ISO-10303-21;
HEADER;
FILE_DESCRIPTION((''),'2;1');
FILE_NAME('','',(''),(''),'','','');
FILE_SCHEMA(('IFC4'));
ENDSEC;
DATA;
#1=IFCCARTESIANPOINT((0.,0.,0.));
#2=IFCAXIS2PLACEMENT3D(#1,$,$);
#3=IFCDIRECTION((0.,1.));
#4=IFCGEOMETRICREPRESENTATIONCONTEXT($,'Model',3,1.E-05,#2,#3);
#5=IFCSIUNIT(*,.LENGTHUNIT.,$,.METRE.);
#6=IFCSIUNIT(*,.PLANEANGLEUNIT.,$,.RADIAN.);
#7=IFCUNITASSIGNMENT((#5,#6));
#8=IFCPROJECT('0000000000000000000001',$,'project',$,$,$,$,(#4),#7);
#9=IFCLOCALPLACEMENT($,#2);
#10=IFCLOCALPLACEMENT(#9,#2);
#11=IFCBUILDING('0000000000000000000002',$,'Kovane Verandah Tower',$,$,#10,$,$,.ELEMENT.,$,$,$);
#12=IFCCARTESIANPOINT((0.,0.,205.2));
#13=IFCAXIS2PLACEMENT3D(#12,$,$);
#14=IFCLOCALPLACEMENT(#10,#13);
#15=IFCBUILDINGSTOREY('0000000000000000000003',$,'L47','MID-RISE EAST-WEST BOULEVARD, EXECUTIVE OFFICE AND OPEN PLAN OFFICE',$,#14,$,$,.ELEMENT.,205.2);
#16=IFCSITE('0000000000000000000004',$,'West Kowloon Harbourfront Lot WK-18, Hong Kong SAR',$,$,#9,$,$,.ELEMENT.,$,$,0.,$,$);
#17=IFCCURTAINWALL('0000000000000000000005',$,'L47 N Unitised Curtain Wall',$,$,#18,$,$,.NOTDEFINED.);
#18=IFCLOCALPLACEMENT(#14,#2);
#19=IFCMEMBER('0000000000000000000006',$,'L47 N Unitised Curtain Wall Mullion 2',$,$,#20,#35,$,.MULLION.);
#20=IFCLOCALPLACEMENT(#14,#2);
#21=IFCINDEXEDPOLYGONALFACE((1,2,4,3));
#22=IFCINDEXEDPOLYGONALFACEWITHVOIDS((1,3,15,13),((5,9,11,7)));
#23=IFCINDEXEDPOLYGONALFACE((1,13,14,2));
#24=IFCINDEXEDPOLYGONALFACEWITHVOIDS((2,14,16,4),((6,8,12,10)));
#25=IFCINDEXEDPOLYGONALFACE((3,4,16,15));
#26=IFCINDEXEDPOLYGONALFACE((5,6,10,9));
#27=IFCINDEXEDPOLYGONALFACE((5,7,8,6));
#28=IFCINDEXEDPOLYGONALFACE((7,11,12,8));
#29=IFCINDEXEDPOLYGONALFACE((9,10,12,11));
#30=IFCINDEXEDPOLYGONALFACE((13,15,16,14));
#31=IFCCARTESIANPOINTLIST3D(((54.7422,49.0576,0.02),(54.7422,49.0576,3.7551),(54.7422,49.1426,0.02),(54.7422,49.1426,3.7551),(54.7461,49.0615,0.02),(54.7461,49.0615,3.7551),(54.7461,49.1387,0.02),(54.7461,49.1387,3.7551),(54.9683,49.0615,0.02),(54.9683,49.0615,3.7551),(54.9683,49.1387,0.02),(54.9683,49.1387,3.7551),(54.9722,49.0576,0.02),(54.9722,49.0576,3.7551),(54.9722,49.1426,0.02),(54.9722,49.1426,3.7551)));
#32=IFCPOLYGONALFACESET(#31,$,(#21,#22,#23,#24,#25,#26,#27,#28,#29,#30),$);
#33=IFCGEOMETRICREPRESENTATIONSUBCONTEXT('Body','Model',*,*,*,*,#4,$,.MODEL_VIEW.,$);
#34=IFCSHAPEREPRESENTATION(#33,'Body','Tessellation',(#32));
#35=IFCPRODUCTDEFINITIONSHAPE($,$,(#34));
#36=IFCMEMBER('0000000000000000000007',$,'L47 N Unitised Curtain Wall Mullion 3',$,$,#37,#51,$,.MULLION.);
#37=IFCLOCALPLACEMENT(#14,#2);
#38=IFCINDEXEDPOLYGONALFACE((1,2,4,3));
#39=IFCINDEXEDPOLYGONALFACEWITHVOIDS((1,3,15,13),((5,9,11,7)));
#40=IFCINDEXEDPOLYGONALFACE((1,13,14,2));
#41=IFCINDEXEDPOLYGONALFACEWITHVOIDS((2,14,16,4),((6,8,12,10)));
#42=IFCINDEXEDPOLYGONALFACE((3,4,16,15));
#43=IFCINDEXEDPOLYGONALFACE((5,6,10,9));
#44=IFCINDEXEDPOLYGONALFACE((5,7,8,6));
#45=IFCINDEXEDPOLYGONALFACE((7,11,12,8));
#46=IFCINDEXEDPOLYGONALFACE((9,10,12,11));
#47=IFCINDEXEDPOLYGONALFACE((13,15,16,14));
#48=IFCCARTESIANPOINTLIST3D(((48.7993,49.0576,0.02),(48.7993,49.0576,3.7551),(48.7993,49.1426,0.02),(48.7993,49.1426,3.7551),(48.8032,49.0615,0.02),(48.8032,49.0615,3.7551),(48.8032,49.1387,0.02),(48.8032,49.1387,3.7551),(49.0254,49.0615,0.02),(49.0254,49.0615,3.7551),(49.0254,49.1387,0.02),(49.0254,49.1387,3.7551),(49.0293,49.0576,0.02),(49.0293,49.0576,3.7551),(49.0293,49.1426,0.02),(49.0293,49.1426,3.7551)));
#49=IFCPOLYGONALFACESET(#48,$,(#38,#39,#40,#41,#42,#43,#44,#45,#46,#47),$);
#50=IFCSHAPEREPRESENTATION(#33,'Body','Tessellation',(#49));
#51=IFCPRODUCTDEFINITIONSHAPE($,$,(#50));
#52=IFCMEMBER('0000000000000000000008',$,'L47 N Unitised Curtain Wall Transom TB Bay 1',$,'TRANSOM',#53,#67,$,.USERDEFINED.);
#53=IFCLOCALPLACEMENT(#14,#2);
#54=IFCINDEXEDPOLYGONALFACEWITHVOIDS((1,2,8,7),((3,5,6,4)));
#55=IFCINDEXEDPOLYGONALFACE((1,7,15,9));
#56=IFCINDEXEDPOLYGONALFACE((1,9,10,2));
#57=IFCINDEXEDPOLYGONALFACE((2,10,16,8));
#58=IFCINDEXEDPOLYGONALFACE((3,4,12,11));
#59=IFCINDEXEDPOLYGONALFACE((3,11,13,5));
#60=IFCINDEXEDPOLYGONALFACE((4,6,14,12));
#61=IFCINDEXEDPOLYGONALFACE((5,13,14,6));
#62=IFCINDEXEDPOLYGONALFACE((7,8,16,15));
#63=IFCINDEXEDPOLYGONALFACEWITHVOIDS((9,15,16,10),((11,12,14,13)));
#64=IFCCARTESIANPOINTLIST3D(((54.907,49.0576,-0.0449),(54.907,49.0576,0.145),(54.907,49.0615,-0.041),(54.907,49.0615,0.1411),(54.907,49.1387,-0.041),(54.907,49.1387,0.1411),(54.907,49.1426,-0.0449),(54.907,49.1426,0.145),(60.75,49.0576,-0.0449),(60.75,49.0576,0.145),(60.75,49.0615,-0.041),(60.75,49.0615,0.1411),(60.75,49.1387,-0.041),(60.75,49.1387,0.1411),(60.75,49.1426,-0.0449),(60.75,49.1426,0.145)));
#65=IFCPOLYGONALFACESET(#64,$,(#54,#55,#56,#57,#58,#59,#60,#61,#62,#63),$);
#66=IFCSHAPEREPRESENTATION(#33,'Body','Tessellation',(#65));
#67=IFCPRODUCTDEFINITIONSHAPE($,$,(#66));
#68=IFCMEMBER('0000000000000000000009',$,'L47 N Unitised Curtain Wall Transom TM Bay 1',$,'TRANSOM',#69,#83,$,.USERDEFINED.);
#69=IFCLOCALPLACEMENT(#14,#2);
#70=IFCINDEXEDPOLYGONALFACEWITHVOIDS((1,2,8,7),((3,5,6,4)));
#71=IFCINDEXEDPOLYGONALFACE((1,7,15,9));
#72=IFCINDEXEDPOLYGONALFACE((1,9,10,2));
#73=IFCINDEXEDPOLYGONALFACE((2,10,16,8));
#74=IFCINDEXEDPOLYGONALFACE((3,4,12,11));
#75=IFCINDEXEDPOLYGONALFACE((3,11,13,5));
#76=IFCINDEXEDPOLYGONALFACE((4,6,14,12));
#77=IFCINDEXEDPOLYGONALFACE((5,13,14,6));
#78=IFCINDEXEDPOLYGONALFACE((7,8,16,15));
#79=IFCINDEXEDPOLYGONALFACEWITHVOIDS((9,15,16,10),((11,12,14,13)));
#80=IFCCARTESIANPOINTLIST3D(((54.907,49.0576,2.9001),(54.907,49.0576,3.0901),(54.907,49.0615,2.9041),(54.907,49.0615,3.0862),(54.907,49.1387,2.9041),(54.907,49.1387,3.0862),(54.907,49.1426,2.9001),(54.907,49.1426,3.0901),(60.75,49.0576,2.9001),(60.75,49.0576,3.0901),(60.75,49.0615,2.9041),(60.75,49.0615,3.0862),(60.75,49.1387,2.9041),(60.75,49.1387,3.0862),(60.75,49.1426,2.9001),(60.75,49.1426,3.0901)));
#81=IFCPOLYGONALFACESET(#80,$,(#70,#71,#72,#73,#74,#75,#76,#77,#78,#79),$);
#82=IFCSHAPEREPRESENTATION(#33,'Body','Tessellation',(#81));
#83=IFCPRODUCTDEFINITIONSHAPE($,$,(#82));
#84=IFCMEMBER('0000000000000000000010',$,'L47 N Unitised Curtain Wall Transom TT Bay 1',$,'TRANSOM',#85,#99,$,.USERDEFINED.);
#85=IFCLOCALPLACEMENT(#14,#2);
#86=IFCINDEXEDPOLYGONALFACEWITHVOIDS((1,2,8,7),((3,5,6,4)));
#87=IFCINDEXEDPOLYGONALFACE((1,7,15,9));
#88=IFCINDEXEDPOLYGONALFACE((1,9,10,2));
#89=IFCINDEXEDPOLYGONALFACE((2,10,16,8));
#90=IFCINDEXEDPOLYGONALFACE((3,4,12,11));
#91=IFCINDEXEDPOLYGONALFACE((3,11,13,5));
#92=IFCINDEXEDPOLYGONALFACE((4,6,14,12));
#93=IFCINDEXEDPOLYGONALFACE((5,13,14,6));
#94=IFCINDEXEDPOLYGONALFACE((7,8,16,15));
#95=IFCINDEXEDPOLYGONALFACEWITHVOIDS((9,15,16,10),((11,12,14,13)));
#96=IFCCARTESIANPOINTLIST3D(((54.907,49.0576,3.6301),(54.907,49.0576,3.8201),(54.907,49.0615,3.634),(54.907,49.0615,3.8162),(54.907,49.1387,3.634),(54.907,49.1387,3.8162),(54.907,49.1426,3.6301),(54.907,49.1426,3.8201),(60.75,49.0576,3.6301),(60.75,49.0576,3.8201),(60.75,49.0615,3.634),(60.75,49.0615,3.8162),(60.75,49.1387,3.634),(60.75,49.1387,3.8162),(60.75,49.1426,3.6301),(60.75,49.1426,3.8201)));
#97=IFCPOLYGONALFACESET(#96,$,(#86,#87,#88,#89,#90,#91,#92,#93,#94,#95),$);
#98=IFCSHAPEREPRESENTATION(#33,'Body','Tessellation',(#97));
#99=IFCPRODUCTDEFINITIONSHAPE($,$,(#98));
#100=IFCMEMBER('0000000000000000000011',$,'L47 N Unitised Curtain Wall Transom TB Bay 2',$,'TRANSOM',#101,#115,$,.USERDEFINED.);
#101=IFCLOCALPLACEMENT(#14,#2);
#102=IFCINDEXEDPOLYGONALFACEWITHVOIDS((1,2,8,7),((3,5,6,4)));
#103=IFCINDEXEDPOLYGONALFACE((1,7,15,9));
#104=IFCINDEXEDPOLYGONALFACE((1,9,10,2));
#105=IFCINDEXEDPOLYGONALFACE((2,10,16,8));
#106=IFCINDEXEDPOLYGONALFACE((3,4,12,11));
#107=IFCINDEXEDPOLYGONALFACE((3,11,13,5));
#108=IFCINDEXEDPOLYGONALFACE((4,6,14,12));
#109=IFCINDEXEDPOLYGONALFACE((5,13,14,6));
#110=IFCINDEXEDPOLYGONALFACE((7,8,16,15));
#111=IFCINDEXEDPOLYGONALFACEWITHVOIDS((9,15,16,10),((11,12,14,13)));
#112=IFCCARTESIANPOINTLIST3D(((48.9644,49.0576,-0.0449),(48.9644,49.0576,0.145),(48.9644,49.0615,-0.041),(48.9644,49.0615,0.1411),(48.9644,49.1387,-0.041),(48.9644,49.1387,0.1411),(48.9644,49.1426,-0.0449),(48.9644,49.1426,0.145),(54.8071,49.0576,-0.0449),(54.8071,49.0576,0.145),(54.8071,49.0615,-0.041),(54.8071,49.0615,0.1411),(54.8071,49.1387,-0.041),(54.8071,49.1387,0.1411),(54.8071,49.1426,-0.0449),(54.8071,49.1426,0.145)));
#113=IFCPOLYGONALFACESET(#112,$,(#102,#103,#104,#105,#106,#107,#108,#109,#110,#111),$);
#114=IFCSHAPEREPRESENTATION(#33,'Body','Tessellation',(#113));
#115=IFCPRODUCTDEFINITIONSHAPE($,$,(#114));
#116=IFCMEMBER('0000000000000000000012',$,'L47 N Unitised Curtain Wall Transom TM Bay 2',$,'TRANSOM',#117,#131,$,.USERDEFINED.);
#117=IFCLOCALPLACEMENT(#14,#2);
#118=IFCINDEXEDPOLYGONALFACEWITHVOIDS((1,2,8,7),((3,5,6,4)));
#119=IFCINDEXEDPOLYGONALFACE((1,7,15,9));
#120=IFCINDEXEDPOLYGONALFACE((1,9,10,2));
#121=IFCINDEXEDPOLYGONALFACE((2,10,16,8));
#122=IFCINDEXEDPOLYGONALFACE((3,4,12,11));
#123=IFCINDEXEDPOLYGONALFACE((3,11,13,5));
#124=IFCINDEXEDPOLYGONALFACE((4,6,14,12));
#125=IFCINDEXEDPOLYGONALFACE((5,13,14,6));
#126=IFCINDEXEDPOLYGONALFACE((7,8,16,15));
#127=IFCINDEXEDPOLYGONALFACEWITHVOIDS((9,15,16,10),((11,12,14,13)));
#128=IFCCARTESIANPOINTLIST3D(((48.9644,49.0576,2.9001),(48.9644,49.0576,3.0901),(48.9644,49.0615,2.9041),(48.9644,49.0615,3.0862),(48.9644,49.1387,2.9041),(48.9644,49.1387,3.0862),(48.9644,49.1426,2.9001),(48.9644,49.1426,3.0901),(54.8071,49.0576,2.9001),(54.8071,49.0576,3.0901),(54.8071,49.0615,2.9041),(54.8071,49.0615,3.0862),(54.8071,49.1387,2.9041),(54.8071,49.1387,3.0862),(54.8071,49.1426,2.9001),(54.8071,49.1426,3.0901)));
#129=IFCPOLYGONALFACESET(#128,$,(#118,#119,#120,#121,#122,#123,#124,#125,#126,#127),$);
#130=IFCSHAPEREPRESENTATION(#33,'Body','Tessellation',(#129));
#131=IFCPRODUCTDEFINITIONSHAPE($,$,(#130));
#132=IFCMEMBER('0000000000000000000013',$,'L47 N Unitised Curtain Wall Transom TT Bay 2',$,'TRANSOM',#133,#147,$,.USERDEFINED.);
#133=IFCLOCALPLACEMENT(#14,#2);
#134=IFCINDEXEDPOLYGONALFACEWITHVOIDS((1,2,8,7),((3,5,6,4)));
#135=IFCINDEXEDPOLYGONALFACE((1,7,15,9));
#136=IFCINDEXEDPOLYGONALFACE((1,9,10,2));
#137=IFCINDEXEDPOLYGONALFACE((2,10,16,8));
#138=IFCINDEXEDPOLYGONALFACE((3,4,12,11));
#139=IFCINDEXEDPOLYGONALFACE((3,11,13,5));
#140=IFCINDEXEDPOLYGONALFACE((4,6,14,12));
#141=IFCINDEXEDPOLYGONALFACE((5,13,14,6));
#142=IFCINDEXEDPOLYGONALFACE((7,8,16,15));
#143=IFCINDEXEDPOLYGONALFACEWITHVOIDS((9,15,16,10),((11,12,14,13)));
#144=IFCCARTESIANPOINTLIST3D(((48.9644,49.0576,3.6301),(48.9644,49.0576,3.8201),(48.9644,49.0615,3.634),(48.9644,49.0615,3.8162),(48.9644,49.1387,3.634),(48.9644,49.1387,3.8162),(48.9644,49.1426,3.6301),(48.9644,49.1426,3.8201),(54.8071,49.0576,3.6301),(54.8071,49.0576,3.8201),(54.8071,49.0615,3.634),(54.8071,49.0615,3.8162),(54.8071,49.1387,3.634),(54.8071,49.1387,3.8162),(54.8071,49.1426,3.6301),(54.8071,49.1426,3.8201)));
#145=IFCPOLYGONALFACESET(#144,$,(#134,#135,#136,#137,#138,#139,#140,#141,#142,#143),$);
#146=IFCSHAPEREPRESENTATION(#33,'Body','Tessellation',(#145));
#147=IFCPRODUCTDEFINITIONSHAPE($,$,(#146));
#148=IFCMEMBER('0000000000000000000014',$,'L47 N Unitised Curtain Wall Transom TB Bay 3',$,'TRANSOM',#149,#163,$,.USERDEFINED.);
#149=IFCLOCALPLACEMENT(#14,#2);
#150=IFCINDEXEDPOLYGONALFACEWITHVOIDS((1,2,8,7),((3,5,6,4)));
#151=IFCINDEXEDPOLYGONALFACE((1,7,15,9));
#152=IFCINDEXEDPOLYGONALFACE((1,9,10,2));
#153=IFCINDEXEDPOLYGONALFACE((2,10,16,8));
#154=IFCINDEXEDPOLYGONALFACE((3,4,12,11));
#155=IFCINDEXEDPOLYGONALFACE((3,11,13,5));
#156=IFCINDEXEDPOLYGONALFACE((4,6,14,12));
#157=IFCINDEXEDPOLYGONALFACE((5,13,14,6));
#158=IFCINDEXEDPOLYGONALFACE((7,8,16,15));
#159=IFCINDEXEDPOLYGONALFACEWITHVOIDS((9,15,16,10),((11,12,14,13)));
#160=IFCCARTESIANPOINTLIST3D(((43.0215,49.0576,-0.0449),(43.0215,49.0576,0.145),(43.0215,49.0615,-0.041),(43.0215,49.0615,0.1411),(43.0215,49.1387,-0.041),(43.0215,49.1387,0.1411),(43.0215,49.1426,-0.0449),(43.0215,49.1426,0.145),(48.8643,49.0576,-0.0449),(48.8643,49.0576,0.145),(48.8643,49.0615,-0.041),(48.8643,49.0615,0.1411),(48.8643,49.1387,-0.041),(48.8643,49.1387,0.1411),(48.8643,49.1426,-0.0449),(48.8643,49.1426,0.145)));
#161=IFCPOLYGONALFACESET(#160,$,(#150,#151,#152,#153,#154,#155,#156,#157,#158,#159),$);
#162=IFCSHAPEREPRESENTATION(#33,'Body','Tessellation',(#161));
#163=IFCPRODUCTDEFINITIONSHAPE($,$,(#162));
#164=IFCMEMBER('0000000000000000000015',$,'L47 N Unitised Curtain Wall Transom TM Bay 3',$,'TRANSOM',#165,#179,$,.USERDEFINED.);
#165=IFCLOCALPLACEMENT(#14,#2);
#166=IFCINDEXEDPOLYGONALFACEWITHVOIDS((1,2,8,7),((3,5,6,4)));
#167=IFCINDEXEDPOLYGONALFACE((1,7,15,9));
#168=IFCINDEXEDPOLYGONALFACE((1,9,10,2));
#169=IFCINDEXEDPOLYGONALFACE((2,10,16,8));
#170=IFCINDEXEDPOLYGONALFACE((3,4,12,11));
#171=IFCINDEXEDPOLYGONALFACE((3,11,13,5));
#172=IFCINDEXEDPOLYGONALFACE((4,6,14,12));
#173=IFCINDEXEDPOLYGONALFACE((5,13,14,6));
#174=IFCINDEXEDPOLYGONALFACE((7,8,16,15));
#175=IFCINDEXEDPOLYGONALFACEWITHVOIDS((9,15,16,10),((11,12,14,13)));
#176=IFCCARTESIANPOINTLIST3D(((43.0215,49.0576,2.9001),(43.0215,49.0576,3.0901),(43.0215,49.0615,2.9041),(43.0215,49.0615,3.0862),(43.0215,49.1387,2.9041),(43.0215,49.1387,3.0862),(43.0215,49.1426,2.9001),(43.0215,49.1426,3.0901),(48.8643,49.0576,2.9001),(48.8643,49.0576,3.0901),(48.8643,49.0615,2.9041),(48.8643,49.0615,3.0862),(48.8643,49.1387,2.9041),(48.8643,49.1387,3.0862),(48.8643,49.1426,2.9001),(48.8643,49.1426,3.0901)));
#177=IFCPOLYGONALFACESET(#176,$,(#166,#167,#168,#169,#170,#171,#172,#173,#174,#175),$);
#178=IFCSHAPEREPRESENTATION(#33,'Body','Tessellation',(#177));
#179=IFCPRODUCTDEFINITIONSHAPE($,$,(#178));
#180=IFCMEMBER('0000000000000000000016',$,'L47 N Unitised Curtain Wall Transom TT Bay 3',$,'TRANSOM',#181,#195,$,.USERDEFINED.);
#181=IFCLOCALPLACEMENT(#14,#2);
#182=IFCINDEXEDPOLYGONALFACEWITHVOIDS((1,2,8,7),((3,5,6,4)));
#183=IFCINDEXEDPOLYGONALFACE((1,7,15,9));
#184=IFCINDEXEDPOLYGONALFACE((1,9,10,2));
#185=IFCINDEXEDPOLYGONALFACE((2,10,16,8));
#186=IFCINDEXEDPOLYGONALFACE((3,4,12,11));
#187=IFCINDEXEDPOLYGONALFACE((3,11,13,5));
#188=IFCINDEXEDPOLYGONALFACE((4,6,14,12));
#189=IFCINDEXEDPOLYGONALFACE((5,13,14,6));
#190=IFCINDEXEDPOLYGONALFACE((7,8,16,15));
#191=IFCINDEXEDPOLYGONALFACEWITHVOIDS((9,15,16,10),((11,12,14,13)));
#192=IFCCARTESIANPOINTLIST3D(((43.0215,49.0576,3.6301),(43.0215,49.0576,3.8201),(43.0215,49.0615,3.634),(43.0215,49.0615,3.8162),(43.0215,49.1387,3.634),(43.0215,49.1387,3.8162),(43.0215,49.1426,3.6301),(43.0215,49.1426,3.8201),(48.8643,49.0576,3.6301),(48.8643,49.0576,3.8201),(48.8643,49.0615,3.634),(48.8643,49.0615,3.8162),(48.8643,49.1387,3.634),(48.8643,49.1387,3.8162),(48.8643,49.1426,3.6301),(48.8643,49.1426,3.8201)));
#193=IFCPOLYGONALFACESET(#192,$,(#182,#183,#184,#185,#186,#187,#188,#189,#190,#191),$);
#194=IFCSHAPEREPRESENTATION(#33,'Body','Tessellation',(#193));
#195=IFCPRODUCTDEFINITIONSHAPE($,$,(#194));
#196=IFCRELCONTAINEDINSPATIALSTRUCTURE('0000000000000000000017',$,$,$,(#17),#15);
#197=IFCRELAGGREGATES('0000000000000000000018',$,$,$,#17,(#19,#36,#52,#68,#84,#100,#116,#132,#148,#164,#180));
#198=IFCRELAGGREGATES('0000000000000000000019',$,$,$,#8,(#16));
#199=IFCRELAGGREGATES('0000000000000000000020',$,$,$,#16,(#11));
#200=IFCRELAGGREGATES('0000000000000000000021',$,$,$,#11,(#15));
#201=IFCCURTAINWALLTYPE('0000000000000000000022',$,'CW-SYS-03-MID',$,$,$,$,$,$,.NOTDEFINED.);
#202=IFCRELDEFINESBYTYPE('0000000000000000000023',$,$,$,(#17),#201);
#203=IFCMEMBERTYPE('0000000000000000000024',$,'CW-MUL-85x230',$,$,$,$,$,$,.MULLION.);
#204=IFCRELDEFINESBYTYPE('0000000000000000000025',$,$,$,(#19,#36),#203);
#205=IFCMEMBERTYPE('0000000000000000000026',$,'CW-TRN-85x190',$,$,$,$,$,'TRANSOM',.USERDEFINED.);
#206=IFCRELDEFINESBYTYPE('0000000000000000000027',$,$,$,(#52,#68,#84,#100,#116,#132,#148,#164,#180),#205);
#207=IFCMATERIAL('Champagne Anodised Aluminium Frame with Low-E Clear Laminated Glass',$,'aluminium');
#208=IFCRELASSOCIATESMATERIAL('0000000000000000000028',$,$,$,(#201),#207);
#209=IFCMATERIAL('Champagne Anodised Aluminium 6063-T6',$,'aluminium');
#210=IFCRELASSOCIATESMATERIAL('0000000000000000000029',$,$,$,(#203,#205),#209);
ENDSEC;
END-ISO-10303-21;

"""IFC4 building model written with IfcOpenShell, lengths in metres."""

from ifc_helpers import new_model, si_unit, direction, frame, origin, origin_2d, place, context, subcontext, project, spatial, hollow_rectangle, extrude, material, material_profile, profile_set, type_object, element, aggregate, save


model = new_model("IFC4")

# Units and contexts
model_context = context("Model", 3, precision=1e-05, world=origin(), true_north=direction((0.0, 1.0)))
body_context = subcontext(model_context, "Body", "Model", "MODEL_VIEW")
ifc_project = project(units=[si_unit("LENGTHUNIT", "METRE"), si_unit("PLANEANGLEUNIT", "RADIAN")], contexts=[model_context])

# Site, building, storey
site_placement = place(None, origin())
site = spatial("IfcSite", under=ifc_project, at=site_placement, Name="West Kowloon Harbourfront Lot WK-18, Hong Kong SAR", CompositionType="ELEMENT", RefElevation=0.0)
building_placement = place(site_placement, origin())
building = spatial("IfcBuilding", under=site, at=building_placement, Name="Kovane Verandah Tower", CompositionType="ELEMENT")
storey_placement = place(building_placement, frame((0.0, 0.0, 205.2)))
storey = spatial("IfcBuildingStorey", under=building, at=storey_placement, Name="L47", Description="MID-RISE EAST-WEST BOULEVARD, EXECUTIVE OFFICE AND OPEN PLAN OFFICE", CompositionType="ELEMENT", Elevation=205.2)

# Curtain wall, members
ifc_material_1 = material(Name="Champagne Anodised Aluminium Frame with Low-E Clear Laminated Glass", Category="aluminium")
curtain_wall_type = type_object("IfcCurtainWallType", Name="CW-SYS-03-MID", PredefinedType="NOTDEFINED", material=ifc_material_1)
curtain_wall_placement = place(storey_placement, origin())
curtain_wall = element("IfcCurtainWall", 1, at=curtain_wall_placement, inside=storey, type_object=curtain_wall_type, Name="L47 N Unitised Curtain Wall", PredefinedType="NOTDEFINED")
ifc_material_2 = material(Name="Champagne Anodised Aluminium 6063-T6", Category="aluminium")
ifc_material_profile_1 = material_profile(ifc_material_2, hollow_rectangle(XDim=0.085, YDim=0.23, WallThickness=0.0039, at=origin_2d()), Name="AL85x230x4")
ifc_profile_set_1 = profile_set([ifc_material_profile_1], Name="Champagne Anodised Aluminium 6063-T6")
member_type_1 = type_object("IfcMemberType", Name="CW-MUL-85x230", PredefinedType="MULLION", material=ifc_profile_set_1)
member_1_placement = place(storey_placement, frame((54.8572, 49.1001, 0.02), z_axis=(0.0, 0.0, 1.0), x_axis=(0.0, 1.0, 0.0)))
member_1 = element("IfcMember", 2, at=member_1_placement, type_object=member_type_1, Name="L47 N Unitised Curtain Wall Mullion 2", PredefinedType="MULLION", context=body_context, shape_type="SweptSolid", body=[
    extrude(hollow_rectangle(XDim=0.085, YDim=0.23, WallThickness=0.0039, at=origin_2d()), origin(), (0.0, 0.0, 1.0), 3.7351),
])
member_2_placement = place(storey_placement, frame((48.9143, 49.1001, 0.02), z_axis=(0.0, 0.0, 1.0), x_axis=(0.0, 1.0, 0.0)))
member_2 = element("IfcMember", 3, at=member_2_placement, type_object=member_type_1, Name="L47 N Unitised Curtain Wall Mullion 3", PredefinedType="MULLION", context=body_context, shape_type="SweptSolid", body=[
    extrude(hollow_rectangle(XDim=0.085, YDim=0.23, WallThickness=0.0039, at=origin_2d()), origin(), (0.0, 0.0, 1.0), 3.7351),
])
ifc_material_profile_2 = material_profile(ifc_material_2, hollow_rectangle(XDim=0.085, YDim=0.1899, WallThickness=0.0039, at=origin_2d()), Name="AL85x190x4")
ifc_profile_set_2 = profile_set([ifc_material_profile_2], Name="Champagne Anodised Aluminium 6063-T6")
member_type_2 = type_object("IfcMemberType", Name="CW-TRN-85x190", ElementType="TRANSOM", PredefinedType="USERDEFINED", material=ifc_profile_set_2)
member_3_placement = place(storey_placement, frame((60.75, 49.1001, 0.05), z_axis=(-1.0, 0.0, 0.0), x_axis=(0.0, -1.0, 0.0)))
member_3 = element("IfcMember", 4, at=member_3_placement, type_object=member_type_2, Name="L47 N Unitised Curtain Wall Transom TB Bay 1", ObjectType="TRANSOM", PredefinedType="USERDEFINED", context=body_context, shape_type="SweptSolid", body=[
    extrude(hollow_rectangle(XDim=0.085, YDim=0.1899, WallThickness=0.0039, at=origin_2d()), origin(), (0.0, 0.0, 1.0), 5.843),
])
member_4_placement = place(storey_placement, frame((60.75, 49.1001, 2.9951), z_axis=(-1.0, 0.0, 0.0), x_axis=(0.0, -1.0, 0.0)))
member_4 = element("IfcMember", 5, at=member_4_placement, type_object=member_type_2, Name="L47 N Unitised Curtain Wall Transom TM Bay 1", ObjectType="TRANSOM", PredefinedType="USERDEFINED", context=body_context, shape_type="SweptSolid", body=[
    extrude(hollow_rectangle(XDim=0.085, YDim=0.1899, WallThickness=0.0039, at=origin_2d()), origin(), (0.0, 0.0, 1.0), 5.843),
])
member_5_placement = place(storey_placement, frame((60.75, 49.1001, 3.7251), z_axis=(-1.0, 0.0, 0.0), x_axis=(0.0, -1.0, 0.0)))
member_5 = element("IfcMember", 6, at=member_5_placement, type_object=member_type_2, Name="L47 N Unitised Curtain Wall Transom TT Bay 1", ObjectType="TRANSOM", PredefinedType="USERDEFINED", context=body_context, shape_type="SweptSolid", body=[
    extrude(hollow_rectangle(XDim=0.085, YDim=0.1899, WallThickness=0.0039, at=origin_2d()), origin(), (0.0, 0.0, 1.0), 5.843),
])
member_6_placement = place(storey_placement, frame((54.8071, 49.1001, 0.05), z_axis=(-1.0, 0.0, 0.0), x_axis=(0.0, -1.0, 0.0)))
member_6 = element("IfcMember", 7, at=member_6_placement, type_object=member_type_2, Name="L47 N Unitised Curtain Wall Transom TB Bay 2", ObjectType="TRANSOM", PredefinedType="USERDEFINED", context=body_context, shape_type="SweptSolid", body=[
    extrude(hollow_rectangle(XDim=0.085, YDim=0.1899, WallThickness=0.0039, at=origin_2d()), origin(), (0.0, 0.0, 1.0), 5.8428),
])
member_7_placement = place(storey_placement, frame((54.8071, 49.1001, 2.9951), z_axis=(-1.0, 0.0, 0.0), x_axis=(0.0, -1.0, 0.0)))
member_7 = element("IfcMember", 8, at=member_7_placement, type_object=member_type_2, Name="L47 N Unitised Curtain Wall Transom TM Bay 2", ObjectType="TRANSOM", PredefinedType="USERDEFINED", context=body_context, shape_type="SweptSolid", body=[
    extrude(hollow_rectangle(XDim=0.085, YDim=0.1899, WallThickness=0.0039, at=origin_2d()), origin(), (0.0, 0.0, 1.0), 5.8428),
])
member_8_placement = place(storey_placement, frame((54.8071, 49.1001, 3.7251), z_axis=(-1.0, 0.0, 0.0), x_axis=(0.0, -1.0, 0.0)))
member_8 = element("IfcMember", 9, at=member_8_placement, type_object=member_type_2, Name="L47 N Unitised Curtain Wall Transom TT Bay 2", ObjectType="TRANSOM", PredefinedType="USERDEFINED", context=body_context, shape_type="SweptSolid", body=[
    extrude(hollow_rectangle(XDim=0.085, YDim=0.1899, WallThickness=0.0039, at=origin_2d()), origin(), (0.0, 0.0, 1.0), 5.8428),
])
member_9_placement = place(storey_placement, frame((48.8643, 49.1001, 0.05), z_axis=(-1.0, 0.0, 0.0), x_axis=(0.0, -1.0, 0.0)))
member_9 = element("IfcMember", 10, at=member_9_placement, type_object=member_type_2, Name="L47 N Unitised Curtain Wall Transom TB Bay 3", ObjectType="TRANSOM", PredefinedType="USERDEFINED", context=body_context, shape_type="SweptSolid", body=[
    extrude(hollow_rectangle(XDim=0.085, YDim=0.1899, WallThickness=0.0039, at=origin_2d()), origin(), (0.0, 0.0, 1.0), 5.8428),
])
member_10_placement = place(storey_placement, frame((48.8643, 49.1001, 2.9951), z_axis=(-1.0, 0.0, 0.0), x_axis=(0.0, -1.0, 0.0)))
member_10 = element("IfcMember", 11, at=member_10_placement, type_object=member_type_2, Name="L47 N Unitised Curtain Wall Transom TM Bay 3", ObjectType="TRANSOM", PredefinedType="USERDEFINED", context=body_context, shape_type="SweptSolid", body=[
    extrude(hollow_rectangle(XDim=0.085, YDim=0.1899, WallThickness=0.0039, at=origin_2d()), origin(), (0.0, 0.0, 1.0), 5.8428),
])
member_11_placement = place(storey_placement, frame((48.8643, 49.1001, 3.7251), z_axis=(-1.0, 0.0, 0.0), x_axis=(0.0, -1.0, 0.0)))
member_11 = element("IfcMember", 12, at=member_11_placement, type_object=member_type_2, Name="L47 N Unitised Curtain Wall Transom TT Bay 3", ObjectType="TRANSOM", PredefinedType="USERDEFINED", context=body_context, shape_type="SweptSolid", body=[
    extrude(hollow_rectangle(XDim=0.085, YDim=0.1899, WallThickness=0.0039, at=origin_2d()), origin(), (0.0, 0.0, 1.0), 5.8428),
])

aggregate(curtain_wall, [member_1, member_2, member_3, member_4, member_5, member_6, member_7, member_8, member_9, member_10, member_11])

save(model, "model.ifc")
